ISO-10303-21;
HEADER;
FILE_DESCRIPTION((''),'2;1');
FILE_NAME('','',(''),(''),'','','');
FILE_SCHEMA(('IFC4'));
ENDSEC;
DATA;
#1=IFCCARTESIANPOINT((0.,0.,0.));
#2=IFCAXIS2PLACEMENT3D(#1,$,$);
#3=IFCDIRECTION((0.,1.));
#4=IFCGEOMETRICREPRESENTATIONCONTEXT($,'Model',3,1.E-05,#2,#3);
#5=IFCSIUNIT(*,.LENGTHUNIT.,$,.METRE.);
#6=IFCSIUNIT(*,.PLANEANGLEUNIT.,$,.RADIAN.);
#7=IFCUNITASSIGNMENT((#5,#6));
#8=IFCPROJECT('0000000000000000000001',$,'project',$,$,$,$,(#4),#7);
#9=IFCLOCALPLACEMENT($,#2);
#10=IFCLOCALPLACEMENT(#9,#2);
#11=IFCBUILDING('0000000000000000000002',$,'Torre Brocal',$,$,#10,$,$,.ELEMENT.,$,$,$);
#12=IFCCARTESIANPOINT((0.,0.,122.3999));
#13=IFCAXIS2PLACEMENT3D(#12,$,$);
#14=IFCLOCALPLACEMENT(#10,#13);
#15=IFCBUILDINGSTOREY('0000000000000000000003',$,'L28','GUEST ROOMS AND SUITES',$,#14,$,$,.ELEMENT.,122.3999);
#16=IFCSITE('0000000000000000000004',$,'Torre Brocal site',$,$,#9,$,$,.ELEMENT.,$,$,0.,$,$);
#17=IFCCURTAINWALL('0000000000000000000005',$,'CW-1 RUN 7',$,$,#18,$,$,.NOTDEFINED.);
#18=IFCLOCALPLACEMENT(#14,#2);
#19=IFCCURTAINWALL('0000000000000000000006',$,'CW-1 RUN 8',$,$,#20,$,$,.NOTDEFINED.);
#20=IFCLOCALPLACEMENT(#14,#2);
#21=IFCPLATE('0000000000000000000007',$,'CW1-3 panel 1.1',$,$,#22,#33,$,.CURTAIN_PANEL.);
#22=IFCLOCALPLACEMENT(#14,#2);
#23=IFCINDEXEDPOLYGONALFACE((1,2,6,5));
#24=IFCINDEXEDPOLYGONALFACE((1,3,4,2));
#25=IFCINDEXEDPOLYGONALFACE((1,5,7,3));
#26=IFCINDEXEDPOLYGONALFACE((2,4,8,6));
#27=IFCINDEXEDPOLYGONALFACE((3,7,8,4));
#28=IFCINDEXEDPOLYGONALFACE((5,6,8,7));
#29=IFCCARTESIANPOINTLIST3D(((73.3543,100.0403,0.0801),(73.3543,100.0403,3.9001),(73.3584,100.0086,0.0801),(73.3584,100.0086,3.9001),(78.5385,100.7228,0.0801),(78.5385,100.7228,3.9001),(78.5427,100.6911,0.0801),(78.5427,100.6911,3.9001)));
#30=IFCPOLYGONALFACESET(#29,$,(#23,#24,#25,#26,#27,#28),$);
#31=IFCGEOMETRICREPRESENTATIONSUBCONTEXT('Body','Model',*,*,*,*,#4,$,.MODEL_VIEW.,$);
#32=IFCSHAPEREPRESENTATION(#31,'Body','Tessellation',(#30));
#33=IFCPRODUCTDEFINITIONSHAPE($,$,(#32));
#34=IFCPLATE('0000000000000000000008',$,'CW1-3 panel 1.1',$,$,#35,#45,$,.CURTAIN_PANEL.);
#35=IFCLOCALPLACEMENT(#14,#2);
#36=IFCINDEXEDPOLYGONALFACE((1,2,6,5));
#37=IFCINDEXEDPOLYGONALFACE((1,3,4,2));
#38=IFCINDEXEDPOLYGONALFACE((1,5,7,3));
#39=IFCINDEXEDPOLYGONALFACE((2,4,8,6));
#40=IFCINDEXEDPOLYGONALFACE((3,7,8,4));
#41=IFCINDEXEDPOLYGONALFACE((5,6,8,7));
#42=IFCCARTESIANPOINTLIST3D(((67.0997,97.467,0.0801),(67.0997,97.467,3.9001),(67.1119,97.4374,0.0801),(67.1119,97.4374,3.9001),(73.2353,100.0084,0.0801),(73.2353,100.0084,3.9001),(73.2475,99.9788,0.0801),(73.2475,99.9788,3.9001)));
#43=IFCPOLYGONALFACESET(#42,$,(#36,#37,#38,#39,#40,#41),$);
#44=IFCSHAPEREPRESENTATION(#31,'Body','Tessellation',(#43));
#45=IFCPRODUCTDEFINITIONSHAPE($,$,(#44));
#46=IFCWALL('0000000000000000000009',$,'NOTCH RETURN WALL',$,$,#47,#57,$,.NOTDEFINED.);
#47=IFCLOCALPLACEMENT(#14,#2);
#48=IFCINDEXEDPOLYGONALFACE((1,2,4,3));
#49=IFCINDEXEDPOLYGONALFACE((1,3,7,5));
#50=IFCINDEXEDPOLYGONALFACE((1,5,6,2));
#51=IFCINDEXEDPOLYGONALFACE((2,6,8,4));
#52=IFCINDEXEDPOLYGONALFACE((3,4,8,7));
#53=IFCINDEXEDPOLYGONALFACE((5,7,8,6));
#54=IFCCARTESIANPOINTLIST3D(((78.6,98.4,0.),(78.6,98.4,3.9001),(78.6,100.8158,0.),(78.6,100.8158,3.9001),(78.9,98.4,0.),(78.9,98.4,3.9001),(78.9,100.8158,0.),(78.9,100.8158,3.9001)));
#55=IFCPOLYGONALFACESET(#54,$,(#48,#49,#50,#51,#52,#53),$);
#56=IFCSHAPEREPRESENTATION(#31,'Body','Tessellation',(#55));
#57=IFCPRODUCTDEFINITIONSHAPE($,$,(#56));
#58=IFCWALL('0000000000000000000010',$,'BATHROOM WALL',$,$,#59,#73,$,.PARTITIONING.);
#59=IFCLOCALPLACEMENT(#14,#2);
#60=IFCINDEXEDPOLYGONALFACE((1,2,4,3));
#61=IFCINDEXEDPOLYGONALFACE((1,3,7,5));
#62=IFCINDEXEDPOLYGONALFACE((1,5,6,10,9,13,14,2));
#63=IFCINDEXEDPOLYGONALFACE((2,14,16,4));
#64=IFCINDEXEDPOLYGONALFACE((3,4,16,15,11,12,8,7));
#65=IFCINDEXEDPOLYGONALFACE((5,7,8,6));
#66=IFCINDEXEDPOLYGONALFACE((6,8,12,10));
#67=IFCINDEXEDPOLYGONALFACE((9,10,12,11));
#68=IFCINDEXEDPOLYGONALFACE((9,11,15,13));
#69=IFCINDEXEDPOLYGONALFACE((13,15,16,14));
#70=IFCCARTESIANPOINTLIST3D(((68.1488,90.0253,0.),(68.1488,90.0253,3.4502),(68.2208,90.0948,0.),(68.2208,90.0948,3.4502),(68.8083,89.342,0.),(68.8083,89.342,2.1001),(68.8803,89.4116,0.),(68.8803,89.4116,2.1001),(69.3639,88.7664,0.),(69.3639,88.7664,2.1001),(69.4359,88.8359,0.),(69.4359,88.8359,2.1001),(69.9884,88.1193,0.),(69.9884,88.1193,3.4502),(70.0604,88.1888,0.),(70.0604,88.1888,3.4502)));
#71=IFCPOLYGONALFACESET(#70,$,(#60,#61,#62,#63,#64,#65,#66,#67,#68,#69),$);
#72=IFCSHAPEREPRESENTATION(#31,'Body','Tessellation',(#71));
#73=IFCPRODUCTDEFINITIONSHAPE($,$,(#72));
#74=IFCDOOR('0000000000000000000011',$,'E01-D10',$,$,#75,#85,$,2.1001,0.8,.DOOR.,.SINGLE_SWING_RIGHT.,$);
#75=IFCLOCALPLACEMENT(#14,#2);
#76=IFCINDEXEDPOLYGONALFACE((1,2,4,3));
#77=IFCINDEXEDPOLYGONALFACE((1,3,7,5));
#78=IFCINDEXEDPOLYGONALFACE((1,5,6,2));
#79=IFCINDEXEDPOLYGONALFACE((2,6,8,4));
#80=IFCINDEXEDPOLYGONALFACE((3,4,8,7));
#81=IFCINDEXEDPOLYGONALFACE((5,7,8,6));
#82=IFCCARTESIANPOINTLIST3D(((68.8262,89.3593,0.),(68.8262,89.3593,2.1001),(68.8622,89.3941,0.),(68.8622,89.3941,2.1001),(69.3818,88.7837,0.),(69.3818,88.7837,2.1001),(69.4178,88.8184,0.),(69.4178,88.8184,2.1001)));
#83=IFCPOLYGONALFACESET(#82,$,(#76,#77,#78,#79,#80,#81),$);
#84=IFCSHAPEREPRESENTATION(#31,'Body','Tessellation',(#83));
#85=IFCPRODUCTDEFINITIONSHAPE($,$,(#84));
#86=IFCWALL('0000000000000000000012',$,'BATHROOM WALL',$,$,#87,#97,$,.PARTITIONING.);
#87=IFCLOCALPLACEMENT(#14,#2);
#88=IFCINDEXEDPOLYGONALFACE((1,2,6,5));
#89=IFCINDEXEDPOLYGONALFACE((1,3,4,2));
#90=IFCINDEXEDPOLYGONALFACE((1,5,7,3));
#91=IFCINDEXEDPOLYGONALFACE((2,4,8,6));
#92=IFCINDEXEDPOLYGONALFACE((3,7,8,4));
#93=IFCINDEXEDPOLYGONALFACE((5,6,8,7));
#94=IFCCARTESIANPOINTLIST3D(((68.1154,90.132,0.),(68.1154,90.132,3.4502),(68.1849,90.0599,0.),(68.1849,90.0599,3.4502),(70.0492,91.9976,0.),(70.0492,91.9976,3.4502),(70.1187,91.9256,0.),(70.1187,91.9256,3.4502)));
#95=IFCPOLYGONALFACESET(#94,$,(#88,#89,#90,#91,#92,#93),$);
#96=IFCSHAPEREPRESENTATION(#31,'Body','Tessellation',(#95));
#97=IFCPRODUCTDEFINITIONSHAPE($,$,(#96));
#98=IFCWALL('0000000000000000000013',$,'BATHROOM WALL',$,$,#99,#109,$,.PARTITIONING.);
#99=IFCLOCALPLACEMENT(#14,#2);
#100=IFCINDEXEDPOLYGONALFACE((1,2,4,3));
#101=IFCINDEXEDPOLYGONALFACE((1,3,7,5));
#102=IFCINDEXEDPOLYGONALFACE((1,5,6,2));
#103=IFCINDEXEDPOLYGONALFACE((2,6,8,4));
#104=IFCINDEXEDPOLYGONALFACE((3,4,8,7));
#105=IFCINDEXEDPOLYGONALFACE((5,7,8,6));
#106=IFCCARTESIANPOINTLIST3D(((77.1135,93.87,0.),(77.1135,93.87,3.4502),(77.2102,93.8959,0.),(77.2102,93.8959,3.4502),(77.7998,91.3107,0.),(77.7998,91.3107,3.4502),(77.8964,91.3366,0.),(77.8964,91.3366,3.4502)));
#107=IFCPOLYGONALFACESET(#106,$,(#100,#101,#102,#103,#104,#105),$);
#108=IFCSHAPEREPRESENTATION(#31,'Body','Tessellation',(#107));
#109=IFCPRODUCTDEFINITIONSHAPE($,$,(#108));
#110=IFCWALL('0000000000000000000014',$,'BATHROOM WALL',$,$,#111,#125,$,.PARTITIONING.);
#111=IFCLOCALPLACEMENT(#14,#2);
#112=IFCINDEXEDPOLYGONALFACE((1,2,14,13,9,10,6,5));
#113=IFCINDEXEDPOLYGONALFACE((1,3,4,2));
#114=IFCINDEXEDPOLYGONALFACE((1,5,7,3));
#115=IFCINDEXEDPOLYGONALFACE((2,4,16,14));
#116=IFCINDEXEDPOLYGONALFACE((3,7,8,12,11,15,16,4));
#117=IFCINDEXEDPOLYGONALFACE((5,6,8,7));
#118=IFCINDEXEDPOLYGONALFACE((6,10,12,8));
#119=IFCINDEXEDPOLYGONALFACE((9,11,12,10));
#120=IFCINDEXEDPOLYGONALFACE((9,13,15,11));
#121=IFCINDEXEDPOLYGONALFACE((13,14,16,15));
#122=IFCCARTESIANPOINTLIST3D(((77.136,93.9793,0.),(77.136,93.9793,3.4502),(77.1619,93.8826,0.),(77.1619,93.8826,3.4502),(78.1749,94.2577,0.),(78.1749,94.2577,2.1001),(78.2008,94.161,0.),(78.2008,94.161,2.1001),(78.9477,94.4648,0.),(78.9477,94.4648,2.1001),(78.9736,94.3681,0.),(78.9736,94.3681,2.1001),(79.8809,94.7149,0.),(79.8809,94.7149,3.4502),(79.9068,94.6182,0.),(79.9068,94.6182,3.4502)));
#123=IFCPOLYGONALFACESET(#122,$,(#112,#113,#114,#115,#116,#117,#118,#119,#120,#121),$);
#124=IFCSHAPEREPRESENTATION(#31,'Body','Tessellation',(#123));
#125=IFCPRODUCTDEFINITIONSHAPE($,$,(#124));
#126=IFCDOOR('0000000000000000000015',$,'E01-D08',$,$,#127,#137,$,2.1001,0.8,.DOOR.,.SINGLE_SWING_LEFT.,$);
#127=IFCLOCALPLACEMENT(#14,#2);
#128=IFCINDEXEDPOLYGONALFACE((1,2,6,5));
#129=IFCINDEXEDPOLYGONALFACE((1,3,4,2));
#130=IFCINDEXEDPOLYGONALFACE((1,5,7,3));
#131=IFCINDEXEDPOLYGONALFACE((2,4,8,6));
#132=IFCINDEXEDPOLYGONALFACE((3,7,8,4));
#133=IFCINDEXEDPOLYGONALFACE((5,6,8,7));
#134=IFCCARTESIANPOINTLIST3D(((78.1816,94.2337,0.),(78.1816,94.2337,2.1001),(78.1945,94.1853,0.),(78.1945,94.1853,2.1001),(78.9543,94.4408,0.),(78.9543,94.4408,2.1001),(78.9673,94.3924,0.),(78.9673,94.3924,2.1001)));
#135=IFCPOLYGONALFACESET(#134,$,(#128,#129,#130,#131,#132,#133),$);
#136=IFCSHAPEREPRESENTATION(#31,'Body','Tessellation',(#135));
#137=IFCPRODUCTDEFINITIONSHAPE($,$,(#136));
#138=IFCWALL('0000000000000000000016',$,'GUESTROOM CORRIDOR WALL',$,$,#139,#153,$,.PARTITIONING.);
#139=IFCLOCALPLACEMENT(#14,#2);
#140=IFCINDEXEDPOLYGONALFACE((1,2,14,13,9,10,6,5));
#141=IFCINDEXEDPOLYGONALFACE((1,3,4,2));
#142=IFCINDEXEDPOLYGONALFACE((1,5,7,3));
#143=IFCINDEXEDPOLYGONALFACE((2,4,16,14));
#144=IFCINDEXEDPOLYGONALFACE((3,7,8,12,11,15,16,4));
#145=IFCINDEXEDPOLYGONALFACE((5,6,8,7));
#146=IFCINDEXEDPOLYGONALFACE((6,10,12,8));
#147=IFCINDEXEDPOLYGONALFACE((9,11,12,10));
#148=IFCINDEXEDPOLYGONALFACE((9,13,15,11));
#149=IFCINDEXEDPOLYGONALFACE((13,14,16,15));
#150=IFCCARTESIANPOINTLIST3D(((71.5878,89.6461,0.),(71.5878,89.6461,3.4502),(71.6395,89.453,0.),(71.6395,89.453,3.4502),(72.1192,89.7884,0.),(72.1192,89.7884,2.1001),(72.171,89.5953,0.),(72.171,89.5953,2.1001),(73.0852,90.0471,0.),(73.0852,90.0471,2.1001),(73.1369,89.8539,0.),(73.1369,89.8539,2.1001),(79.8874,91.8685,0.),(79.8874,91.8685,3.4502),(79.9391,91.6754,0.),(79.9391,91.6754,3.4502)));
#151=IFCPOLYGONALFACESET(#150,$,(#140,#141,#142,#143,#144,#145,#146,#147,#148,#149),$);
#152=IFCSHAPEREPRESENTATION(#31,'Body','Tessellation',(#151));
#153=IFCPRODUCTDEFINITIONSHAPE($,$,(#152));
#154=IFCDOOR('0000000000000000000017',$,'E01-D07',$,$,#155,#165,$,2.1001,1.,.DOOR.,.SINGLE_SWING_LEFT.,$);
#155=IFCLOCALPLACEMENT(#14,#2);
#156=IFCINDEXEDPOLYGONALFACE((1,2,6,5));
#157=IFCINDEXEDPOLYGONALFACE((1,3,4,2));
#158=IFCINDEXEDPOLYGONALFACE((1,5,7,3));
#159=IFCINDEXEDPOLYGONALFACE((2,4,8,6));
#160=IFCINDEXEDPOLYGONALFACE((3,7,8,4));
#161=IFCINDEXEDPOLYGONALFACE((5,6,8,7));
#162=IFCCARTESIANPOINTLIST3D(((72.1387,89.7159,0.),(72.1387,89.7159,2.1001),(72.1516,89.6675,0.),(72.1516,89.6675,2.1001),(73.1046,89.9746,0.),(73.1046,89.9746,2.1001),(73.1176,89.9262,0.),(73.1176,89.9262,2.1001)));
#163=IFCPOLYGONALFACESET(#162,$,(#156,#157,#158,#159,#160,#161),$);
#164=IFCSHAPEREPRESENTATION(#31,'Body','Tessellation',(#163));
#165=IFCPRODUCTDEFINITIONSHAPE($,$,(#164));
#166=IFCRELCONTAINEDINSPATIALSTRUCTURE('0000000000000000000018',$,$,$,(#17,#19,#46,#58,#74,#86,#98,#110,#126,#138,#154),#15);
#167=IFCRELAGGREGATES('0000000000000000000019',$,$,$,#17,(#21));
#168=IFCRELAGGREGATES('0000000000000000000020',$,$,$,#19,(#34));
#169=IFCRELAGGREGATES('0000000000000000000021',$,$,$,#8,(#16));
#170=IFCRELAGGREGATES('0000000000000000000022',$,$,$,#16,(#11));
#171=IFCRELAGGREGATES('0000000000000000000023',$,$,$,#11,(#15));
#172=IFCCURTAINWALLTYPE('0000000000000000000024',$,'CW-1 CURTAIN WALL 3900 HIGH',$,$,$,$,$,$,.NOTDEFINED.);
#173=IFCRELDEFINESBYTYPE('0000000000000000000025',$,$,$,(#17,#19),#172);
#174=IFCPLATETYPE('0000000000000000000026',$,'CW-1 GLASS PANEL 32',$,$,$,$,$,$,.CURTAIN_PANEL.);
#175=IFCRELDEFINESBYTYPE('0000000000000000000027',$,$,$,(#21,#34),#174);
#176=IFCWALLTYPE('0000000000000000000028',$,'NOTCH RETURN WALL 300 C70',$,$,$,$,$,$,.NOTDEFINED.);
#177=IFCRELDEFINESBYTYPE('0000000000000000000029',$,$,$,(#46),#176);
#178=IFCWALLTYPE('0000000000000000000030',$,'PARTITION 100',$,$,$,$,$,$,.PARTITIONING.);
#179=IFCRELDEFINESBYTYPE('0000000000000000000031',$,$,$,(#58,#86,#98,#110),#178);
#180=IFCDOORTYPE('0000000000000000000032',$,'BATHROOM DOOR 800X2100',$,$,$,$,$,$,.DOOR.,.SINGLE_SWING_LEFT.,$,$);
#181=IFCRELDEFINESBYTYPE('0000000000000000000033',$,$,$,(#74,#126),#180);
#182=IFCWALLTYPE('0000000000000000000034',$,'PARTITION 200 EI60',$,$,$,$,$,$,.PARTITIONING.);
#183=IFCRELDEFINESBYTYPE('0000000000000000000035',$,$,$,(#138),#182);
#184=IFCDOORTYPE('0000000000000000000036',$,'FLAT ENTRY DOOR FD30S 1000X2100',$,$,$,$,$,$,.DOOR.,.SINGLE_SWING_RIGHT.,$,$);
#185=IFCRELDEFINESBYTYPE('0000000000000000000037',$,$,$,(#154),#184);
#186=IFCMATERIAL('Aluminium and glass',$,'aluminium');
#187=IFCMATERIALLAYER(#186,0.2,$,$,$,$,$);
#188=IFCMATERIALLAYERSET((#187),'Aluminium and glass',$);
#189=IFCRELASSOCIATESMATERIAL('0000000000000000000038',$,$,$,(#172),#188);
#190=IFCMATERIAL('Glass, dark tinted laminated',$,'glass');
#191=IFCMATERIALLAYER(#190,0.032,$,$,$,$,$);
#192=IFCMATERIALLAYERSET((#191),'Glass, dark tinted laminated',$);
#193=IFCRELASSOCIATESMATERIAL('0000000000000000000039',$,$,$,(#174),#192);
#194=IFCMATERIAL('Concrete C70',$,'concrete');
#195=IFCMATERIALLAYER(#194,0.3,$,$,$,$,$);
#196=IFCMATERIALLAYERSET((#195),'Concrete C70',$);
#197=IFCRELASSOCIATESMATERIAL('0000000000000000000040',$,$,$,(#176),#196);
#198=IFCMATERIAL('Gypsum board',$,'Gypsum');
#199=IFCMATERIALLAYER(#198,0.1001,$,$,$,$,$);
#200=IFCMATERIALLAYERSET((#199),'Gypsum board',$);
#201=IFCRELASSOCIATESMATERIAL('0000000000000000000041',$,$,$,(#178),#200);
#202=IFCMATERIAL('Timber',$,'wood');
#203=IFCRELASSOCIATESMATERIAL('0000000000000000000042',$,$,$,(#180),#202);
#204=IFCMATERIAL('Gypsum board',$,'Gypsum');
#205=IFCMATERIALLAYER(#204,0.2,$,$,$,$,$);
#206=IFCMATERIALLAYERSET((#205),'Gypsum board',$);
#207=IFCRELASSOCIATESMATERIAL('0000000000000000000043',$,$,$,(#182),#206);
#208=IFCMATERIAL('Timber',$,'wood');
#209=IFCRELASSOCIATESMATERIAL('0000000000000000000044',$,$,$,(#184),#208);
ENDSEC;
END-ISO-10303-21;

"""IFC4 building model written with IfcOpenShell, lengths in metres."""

from ifc_helpers import new_model, si_unit, direction, frame, frame_2d, origin, origin_2d, place, context, subcontext, project, spatial, rectangle, extrude, material, layer, layer_set, type_object, element, fill, aggregate, save


model = new_model("IFC4")

# Units and contexts
model_context = context("Model", 3, precision=1e-05, world=origin(), true_north=direction((0.0, 1.0)))
body_context = subcontext(model_context, "Body", "Model", "MODEL_VIEW")
ifc_project = project(units=[si_unit("LENGTHUNIT", "METRE"), si_unit("PLANEANGLEUNIT", "RADIAN")], contexts=[model_context])

# Site, building, storey
site_placement = place(None, origin())
site = spatial("IfcSite", under=ifc_project, at=site_placement, Name="Torre Brocal site", CompositionType="ELEMENT", RefElevation=0.0)
building_placement = place(site_placement, origin())
building = spatial("IfcBuilding", under=site, at=building_placement, Name="Torre Brocal", CompositionType="ELEMENT")
storey_placement = place(building_placement, frame((0.0, 0.0, 122.3999)))
storey = spatial("IfcBuildingStorey", under=building, at=storey_placement, Name="L28", Description="GUEST ROOMS AND SUITES", CompositionType="ELEMENT", Elevation=122.3999)

# Curtain wall
ifc_material_1 = material(Name="Aluminium and glass", Category="aluminium")
ifc_layer_1 = layer(ifc_material_1, 0.2)
ifc_layer_set_1 = layer_set([ifc_layer_1], Name="Aluminium and glass")
curtain_wall_type = type_object("IfcCurtainWallType", Name="CW-1 CURTAIN WALL 3900 HIGH", PredefinedType="NOTDEFINED", material=ifc_layer_set_1)
curtain_wall_1_placement = place(storey_placement, origin())
curtain_wall_1 = element("IfcCurtainWall", 1, at=curtain_wall_1_placement, inside=storey, type_object=curtain_wall_type, Name="CW-1 RUN 7", PredefinedType="NOTDEFINED")

# Curtain wall
curtain_wall_2_placement = place(storey_placement, origin())
curtain_wall_2 = element("IfcCurtainWall", 2, at=curtain_wall_2_placement, inside=storey, type_object=curtain_wall_type, Name="CW-1 RUN 8", PredefinedType="NOTDEFINED")

# Plates
ifc_material_2 = material(Name="Glass, dark tinted laminated", Category="glass")
ifc_layer_2 = layer(ifc_material_2, 0.032)
ifc_layer_set_2 = layer_set([ifc_layer_2], Name="Glass, dark tinted laminated")
plate_type = type_object("IfcPlateType", Name="CW-1 GLASS PANEL 32", PredefinedType="CURTAIN_PANEL", material=ifc_layer_set_2)
plate_1_placement = place(storey_placement, frame((75.9485, 100.3657, 0.0801), z_axis=(0.0, 0.0, 1.0), x_axis=(-0.991445, -0.130526, 0.0)))
plate_1 = element("IfcPlate", 3, at=plate_1_placement, type_object=plate_type, Name="CW1-3 panel 1.1", PredefinedType="CURTAIN_PANEL", context=body_context, shape_type="SweptSolid", body=[
    extrude(rectangle(XDim=5.229, YDim=0.032, at=origin_2d()), origin(), (0.0, 0.0, 1.0), 3.8201),
])
aggregate(curtain_wall_1, [plate_1])
plate_2_placement = place(storey_placement, frame((70.1736, 98.7229, 0.0801), z_axis=(0.0, 0.0, 1.0), x_axis=(-0.92388, -0.382683, 0.0)))
plate_2 = element("IfcPlate", 4, at=plate_2_placement, type_object=plate_type, Name="CW1-3 panel 1.1", PredefinedType="CURTAIN_PANEL", context=body_context, shape_type="SweptSolid", body=[
    extrude(rectangle(XDim=6.6411, YDim=0.032, at=origin_2d()), origin(), (0.0, 0.0, 1.0), 3.8201),
])
aggregate(curtain_wall_2, [plate_2])

# Wall
ifc_material_3 = material(Name="Concrete C70", Category="concrete")
ifc_layer_3 = layer(ifc_material_3, 0.3)
ifc_layer_set_3 = layer_set([ifc_layer_3], Name="Concrete C70")
wall_type_1 = type_object("IfcWallType", Name="NOTCH RETURN WALL 300 C70", PredefinedType="NOTDEFINED", material=ifc_layer_set_3)
wall_1_placement = place(storey_placement, frame((78.75, 98.3999, 0.0), z_axis=(0.0, 0.0, 1.0), x_axis=(0.0, 1.0, 0.0)))
element("IfcWall", 5, at=wall_1_placement, inside=storey, type_object=wall_type_1, Name="NOTCH RETURN WALL", PredefinedType="NOTDEFINED", context=body_context, shape_type="SweptSolid", body=[
    extrude(rectangle(XDim=2.4158, YDim=0.3, at=frame_2d((1.208, 0.0))), origin(), (0.0, 0.0, 1.0), 3.9001),
])

# Wall, opening, door
ifc_material_4 = material(Name="Gypsum board", Category="Gypsum")
ifc_layer_4 = layer(ifc_material_4, 0.1001)
ifc_layer_set_4 = layer_set([ifc_layer_4], Name="Gypsum board")
wall_type_2 = type_object("IfcWallType", Name="PARTITION 100", PredefinedType="PARTITIONING", material=ifc_layer_set_4)
wall_2_placement = place(storey_placement, frame((68.1848, 90.0601, 0.0), z_axis=(0.0, 0.0, 1.0), x_axis=(0.694461, -0.71953, 0.0)))
wall_2 = element("IfcWall", 6, at=wall_2_placement, inside=storey, type_object=wall_type_2, Name="BATHROOM WALL", PredefinedType="PARTITIONING", context=body_context, shape_type="SweptSolid", body=[
    extrude(rectangle(XDim=2.6489, YDim=0.1001, at=frame_2d((1.3245, 0.0))), origin(), (0.0, 0.0, 1.0), 3.4502),
])
opening_1_placement = place(wall_2_placement, frame((0.9497, 0.0, 0.0)))
opening_1 = element("IfcOpeningElement", 7, at=opening_1_placement, cuts=wall_2, PredefinedType="OPENING", context=body_context, shape_type="SweptSolid", body=[
    extrude(rectangle(XDim=0.8, YDim=2.1001, at=frame_2d((0.3999, 1.05))), frame((0.0, 0.0601, 0.0), z_axis=(0.0, -1.0, 0.0), x_axis=(1.0, 0.0, 0.0)), (0.0, 0.0, 1.0), 0.1201),
])
ifc_material_5 = material(Name="Timber", Category="wood")
door_type_1 = type_object("IfcDoorType", Name="BATHROOM DOOR 800X2100", OperationType="SINGLE_SWING_LEFT", PredefinedType="DOOR", material=ifc_material_5)
door_1_placement = place(opening_1_placement, origin())
door_1 = element("IfcDoor", 8, at=door_1_placement, inside=storey, type_object=door_type_1, Name="E01-D10", OperationType="SINGLE_SWING_RIGHT", OverallHeight=2.1001, OverallWidth=0.8, PredefinedType="DOOR", context=body_context, shape_type="SweptSolid", body=[
    extrude(rectangle(XDim=0.8, YDim=2.1001, at=frame_2d((0.3999, 1.05))), frame((0.0, 0.0249, 0.0), z_axis=(0.0, -1.0, 0.0), x_axis=(1.0, 0.0, 0.0)), (0.0, 0.0, 1.0), 0.05),
])
fill(opening_1, door_1)

# Walls
wall_3_placement = place(storey_placement, frame((68.1501, 90.0959, 0.0), z_axis=(0.0, 0.0, 1.0), x_axis=(0.719668, 0.694319, 0.0)))
element("IfcWall", 9, at=wall_3_placement, inside=storey, type_object=wall_type_2, Name="BATHROOM WALL", PredefinedType="PARTITIONING", context=body_context, shape_type="SweptSolid", body=[
    extrude(rectangle(XDim=2.687, YDim=0.1001, at=frame_2d((1.3435, 0.0))), origin(), (0.0, 0.0, 1.0), 3.4502),
])
wall_4_placement = place(storey_placement, frame((77.1619, 93.8828, 0.0), z_axis=(0.0, 0.0, 1.0), x_axis=(0.258999, -0.965878, 0.0)))
element("IfcWall", 10, at=wall_4_placement, inside=storey, type_object=wall_type_2, Name="BATHROOM WALL", PredefinedType="PARTITIONING", context=body_context, shape_type="SweptSolid", body=[
    extrude(rectangle(XDim=2.6497, YDim=0.1001, at=frame_2d((1.3247, 0.0))), origin(), (0.0, 0.0, 1.0), 3.4502),
])

# Walls, openings, doors
wall_5_placement = place(storey_placement, frame((77.1489, 93.9309, 0.0), z_axis=(0.0, 0.0, 1.0), x_axis=(0.965916, 0.258855, 0.0)))
wall_5 = element("IfcWall", 11, at=wall_5_placement, inside=storey, type_object=wall_type_2, Name="BATHROOM WALL", PredefinedType="PARTITIONING", context=body_context, shape_type="SweptSolid", body=[
    extrude(rectangle(XDim=2.8418, YDim=0.1001, at=frame_2d((1.4209, 0.0))), origin(), (0.0, 0.0, 1.0), 3.4502),
])
opening_2_placement = place(wall_5_placement, frame((1.0757, 0.0, 0.0)))
opening_2 = element("IfcOpeningElement", 12, at=opening_2_placement, cuts=wall_5, PredefinedType="OPENING", context=body_context, shape_type="SweptSolid", body=[
    extrude(rectangle(XDim=0.8, YDim=2.1001, at=frame_2d((0.3999, 1.05))), frame((0.0, 0.0601, 0.0), z_axis=(0.0, -1.0, 0.0), x_axis=(1.0, 0.0, 0.0)), (0.0, 0.0, 1.0), 0.1201),
])
door_2_placement = place(opening_2_placement, frame((0.8, 0.0, 0.0), z_axis=(0.0, 0.0, 1.0), x_axis=(-1.0, 0.0, 0.0)))
door_2 = element("IfcDoor", 13, at=door_2_placement, inside=storey, type_object=door_type_1, Name="E01-D08", OperationType="SINGLE_SWING_LEFT", OverallHeight=2.1001, OverallWidth=0.8, PredefinedType="DOOR", context=body_context, shape_type="SweptSolid", body=[
    extrude(rectangle(XDim=0.8, YDim=2.1001, at=frame_2d((0.3999, 1.05))), frame((0.0, 0.0249, 0.0), z_axis=(0.0, -1.0, 0.0), x_axis=(1.0, 0.0, 0.0)), (0.0, 0.0, 1.0), 0.05),
])
fill(opening_2, door_2)
ifc_material_6 = material(Name="Gypsum board", Category="Gypsum")
ifc_layer_5 = layer(ifc_material_6, 0.2)
ifc_layer_set_5 = layer_set([ifc_layer_5], Name="Gypsum board")
wall_type_3 = type_object("IfcWallType", Name="PARTITION 200 EI60", PredefinedType="PARTITIONING", material=ifc_layer_set_5)
wall_6_placement = place(storey_placement, frame((71.6138, 89.5496, 0.0), z_axis=(0.0, 0.0, 1.0), x_axis=(0.965968, 0.258662, 0.0)))
wall_6 = element("IfcWall", 14, at=wall_6_placement, inside=storey, type_object=wall_type_3, Name="GUESTROOM CORRIDOR WALL", PredefinedType="PARTITIONING", context=body_context, shape_type="SweptSolid", body=[
    extrude(rectangle(XDim=8.592, YDim=0.2, at=frame_2d((4.2959, 0.0))), origin(), (0.0, 0.0, 1.0), 3.4502),
])
opening_3_placement = place(wall_6_placement, frame((0.55, 0.0, 0.0)))
opening_3 = element("IfcOpeningElement", 15, at=opening_3_placement, cuts=wall_6, PredefinedType="OPENING", context=body_context, shape_type="SweptSolid", body=[
    extrude(rectangle(XDim=1.0, YDim=2.1001, at=frame_2d((0.5, 1.05))), frame((0.0, 0.1099, 0.0), z_axis=(0.0, -1.0, 0.0), x_axis=(1.0, 0.0, 0.0)), (0.0, 0.0, 1.0), 0.22),
])
ifc_material_7 = material(Name="Timber", Category="wood")
door_type_2 = type_object("IfcDoorType", Name="FLAT ENTRY DOOR FD30S 1000X2100", OperationType="SINGLE_SWING_RIGHT", PredefinedType="DOOR", material=ifc_material_7)
door_3_placement = place(opening_3_placement, origin())
door_3 = element("IfcDoor", 16, at=door_3_placement, inside=storey, type_object=door_type_2, Name="E01-D07", OperationType="SINGLE_SWING_LEFT", OverallHeight=2.1001, OverallWidth=1.0, PredefinedType="DOOR", context=body_context, shape_type="SweptSolid", body=[
    extrude(rectangle(XDim=1.0, YDim=2.1001, at=frame_2d((0.5, 1.05))), frame((0.0, 0.0249, 0.0), z_axis=(0.0, -1.0, 0.0), x_axis=(1.0, 0.0, 0.0)), (0.0, 0.0, 1.0), 0.05),
])
fill(opening_3, door_3)

save(model, "model.ifc")
